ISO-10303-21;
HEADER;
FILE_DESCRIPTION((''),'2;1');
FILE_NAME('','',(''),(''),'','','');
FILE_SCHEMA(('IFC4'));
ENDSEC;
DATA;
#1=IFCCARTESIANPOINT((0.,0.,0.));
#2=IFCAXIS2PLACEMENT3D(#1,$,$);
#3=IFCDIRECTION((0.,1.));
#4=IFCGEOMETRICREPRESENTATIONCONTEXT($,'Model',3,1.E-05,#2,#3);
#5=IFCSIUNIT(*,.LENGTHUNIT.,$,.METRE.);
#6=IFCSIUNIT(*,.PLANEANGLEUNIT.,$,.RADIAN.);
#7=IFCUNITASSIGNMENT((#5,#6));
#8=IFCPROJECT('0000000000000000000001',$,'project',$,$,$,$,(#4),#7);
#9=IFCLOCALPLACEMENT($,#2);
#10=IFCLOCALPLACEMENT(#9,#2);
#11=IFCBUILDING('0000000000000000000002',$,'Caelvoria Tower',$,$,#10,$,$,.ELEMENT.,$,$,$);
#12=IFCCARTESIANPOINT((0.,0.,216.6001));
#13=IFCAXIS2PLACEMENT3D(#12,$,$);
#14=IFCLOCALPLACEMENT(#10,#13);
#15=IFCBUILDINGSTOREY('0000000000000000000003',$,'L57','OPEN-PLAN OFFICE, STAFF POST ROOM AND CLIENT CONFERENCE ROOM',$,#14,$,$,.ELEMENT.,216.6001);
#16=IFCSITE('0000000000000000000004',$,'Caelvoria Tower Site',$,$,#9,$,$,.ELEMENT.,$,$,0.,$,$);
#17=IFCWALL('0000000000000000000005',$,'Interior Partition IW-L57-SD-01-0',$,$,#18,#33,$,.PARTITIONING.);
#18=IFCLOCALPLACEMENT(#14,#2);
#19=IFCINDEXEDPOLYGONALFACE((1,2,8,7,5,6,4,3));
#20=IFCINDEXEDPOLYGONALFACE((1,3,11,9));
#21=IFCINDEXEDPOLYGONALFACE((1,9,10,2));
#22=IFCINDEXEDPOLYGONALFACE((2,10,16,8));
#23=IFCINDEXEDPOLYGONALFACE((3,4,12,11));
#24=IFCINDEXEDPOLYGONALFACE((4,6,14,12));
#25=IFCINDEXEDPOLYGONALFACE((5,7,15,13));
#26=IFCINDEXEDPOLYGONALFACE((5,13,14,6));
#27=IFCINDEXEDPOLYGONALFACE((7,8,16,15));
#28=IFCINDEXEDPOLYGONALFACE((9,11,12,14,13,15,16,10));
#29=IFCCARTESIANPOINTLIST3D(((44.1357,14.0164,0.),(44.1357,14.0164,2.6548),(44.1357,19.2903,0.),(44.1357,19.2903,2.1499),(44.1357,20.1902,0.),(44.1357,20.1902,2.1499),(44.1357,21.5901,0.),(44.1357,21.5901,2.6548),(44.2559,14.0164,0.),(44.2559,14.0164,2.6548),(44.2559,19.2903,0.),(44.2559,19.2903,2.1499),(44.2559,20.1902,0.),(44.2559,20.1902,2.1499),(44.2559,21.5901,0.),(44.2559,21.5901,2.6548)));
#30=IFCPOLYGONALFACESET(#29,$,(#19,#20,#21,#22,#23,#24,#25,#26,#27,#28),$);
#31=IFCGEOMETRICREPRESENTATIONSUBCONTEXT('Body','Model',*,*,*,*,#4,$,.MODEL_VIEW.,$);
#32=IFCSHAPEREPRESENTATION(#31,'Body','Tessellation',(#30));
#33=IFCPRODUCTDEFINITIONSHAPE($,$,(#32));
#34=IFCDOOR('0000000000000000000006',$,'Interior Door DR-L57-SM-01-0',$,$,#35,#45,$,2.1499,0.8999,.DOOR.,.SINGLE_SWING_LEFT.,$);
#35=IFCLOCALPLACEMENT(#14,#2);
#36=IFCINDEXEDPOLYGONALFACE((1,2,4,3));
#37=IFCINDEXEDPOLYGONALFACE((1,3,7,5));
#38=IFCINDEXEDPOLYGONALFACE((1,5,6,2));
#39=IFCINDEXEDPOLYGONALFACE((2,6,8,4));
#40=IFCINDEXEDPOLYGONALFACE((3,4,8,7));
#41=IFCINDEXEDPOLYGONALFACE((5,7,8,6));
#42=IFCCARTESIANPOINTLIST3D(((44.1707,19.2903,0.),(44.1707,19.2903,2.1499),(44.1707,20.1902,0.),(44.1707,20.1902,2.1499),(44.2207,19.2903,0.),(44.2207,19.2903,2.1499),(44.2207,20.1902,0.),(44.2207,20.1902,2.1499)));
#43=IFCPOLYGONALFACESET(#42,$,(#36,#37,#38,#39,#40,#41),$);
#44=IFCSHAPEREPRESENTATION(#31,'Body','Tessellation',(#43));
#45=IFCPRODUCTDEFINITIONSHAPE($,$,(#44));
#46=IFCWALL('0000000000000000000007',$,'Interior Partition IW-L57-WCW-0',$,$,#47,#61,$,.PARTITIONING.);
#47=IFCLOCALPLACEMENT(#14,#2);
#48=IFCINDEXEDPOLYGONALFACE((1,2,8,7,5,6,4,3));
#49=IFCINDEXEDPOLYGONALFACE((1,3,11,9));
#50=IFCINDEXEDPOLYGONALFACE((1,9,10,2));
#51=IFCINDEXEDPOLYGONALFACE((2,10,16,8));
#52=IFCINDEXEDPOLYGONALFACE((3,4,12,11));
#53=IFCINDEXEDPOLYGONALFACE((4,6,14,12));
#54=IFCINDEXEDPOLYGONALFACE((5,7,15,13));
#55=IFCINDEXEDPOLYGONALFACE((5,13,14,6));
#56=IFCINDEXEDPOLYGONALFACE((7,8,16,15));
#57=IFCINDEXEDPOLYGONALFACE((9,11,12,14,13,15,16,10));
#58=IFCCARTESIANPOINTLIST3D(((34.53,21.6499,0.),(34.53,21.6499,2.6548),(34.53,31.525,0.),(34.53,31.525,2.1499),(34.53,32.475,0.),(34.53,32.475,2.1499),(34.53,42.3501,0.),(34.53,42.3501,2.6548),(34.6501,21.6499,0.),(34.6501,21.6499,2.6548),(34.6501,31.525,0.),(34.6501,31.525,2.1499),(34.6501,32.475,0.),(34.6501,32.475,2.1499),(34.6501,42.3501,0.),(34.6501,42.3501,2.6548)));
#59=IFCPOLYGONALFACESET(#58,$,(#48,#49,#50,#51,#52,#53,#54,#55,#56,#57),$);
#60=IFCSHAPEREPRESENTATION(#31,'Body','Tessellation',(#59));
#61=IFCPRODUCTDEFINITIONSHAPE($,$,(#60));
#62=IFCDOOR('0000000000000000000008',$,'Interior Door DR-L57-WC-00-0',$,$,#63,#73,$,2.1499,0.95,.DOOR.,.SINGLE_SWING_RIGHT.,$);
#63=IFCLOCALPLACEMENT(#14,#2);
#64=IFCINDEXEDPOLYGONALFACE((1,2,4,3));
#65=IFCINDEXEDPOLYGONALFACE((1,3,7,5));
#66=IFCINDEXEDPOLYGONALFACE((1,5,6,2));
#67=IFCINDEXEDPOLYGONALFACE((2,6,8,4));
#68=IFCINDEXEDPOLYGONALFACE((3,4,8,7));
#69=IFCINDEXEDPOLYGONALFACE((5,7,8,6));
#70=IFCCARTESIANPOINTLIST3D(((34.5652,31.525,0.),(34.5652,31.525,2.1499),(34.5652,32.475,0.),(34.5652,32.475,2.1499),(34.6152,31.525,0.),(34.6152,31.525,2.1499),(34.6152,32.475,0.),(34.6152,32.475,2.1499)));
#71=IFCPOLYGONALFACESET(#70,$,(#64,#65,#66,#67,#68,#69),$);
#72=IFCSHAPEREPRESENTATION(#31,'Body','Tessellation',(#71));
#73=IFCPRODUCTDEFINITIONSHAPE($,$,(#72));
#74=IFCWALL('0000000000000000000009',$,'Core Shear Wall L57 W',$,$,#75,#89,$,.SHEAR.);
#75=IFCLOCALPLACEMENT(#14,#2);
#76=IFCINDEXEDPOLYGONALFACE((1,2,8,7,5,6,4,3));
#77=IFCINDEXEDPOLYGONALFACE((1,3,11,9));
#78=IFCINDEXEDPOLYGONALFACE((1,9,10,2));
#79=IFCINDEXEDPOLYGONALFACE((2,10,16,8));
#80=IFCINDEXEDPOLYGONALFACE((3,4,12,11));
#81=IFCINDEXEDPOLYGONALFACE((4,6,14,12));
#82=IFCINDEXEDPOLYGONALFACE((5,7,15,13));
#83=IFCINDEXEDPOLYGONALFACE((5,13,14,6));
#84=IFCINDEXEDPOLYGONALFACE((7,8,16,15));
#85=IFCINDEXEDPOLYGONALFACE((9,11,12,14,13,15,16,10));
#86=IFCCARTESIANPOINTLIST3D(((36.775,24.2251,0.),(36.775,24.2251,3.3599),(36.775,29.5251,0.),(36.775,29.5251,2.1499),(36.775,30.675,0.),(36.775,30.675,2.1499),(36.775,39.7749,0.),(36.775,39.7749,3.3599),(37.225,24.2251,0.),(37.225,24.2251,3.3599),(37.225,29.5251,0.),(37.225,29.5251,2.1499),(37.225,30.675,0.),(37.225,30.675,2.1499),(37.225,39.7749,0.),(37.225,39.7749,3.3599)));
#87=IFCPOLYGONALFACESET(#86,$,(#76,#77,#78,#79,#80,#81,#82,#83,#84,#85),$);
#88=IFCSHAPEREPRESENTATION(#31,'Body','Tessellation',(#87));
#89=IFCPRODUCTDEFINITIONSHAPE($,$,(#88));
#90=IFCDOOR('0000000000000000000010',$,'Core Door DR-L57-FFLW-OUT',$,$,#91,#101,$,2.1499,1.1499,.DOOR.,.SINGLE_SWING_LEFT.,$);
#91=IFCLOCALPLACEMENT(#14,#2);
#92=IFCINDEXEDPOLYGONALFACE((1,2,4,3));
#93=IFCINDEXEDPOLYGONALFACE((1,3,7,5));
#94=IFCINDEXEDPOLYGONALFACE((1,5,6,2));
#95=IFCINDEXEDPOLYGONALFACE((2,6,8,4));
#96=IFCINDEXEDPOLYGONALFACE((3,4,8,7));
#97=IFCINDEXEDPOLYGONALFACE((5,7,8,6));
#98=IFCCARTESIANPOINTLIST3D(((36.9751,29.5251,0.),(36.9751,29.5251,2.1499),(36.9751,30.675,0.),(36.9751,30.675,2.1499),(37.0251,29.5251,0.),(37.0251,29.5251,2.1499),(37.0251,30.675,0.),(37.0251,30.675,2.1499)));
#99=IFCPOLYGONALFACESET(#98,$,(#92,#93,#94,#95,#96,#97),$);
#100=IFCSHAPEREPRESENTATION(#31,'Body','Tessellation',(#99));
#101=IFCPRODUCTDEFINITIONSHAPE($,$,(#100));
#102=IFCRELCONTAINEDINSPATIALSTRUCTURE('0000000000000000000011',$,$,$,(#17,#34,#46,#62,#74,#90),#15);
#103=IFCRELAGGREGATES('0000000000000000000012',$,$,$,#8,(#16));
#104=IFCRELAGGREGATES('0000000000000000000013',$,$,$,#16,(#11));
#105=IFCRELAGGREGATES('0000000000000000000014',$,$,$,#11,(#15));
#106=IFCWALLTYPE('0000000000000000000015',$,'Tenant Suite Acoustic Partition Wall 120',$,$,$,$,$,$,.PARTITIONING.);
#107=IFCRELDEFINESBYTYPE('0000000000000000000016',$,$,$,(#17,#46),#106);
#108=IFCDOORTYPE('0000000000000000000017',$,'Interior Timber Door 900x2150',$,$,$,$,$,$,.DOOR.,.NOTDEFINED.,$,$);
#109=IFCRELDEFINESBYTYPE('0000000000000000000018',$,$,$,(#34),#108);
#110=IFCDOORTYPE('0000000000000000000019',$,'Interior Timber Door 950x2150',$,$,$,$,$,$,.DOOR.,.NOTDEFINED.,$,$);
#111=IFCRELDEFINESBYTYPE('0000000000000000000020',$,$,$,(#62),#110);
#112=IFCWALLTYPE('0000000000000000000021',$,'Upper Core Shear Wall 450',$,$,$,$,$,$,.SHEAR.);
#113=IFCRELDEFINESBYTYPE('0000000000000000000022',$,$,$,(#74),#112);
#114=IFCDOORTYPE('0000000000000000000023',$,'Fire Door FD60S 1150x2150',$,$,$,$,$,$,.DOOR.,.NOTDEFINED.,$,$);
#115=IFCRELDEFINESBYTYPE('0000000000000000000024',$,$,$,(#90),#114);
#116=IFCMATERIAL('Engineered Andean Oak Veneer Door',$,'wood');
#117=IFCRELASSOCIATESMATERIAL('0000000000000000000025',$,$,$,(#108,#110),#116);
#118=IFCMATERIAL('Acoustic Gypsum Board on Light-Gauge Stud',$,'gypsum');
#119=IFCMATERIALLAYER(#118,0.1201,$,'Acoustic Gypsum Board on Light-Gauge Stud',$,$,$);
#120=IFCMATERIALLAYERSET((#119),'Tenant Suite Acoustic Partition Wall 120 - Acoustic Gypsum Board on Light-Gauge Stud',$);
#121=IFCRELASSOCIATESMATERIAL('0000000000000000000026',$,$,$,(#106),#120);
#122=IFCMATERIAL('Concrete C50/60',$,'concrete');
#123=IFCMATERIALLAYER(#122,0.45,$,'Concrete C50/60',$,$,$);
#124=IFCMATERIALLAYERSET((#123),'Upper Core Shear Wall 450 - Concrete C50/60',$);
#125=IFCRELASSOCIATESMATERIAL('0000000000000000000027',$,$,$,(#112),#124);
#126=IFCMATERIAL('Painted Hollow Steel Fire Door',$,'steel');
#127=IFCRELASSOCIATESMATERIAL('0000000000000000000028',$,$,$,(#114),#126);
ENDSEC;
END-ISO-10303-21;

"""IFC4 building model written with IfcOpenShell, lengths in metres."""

from ifc_helpers import new_model, si_unit, direction, frame, frame_2d, origin, place, context, subcontext, project, spatial, rectangle, extrude, material, layer, layer_set, type_object, element, fill, save


model = new_model("IFC4")

# Units and contexts
model_context = context("Model", 3, precision=1e-05, world=origin(), true_north=direction((0.0, 1.0)))
body_context = subcontext(model_context, "Body", "Model", "MODEL_VIEW")
ifc_project = project(units=[si_unit("LENGTHUNIT", "METRE"), si_unit("PLANEANGLEUNIT", "RADIAN")], contexts=[model_context])

# Site, building, storey
site_placement = place(None, origin())
site = spatial("IfcSite", under=ifc_project, at=site_placement, Name="Caelvoria Tower Site", CompositionType="ELEMENT", RefElevation=0.0)
building_placement = place(site_placement, origin())
building = spatial("IfcBuilding", under=site, at=building_placement, Name="Caelvoria Tower", CompositionType="ELEMENT")
storey_placement = place(building_placement, frame((0.0, 0.0, 216.6001)))
storey = spatial("IfcBuildingStorey", under=building, at=storey_placement, Name="L57", Description="OPEN-PLAN OFFICE, STAFF POST ROOM AND CLIENT CONFERENCE ROOM", CompositionType="ELEMENT", Elevation=216.6001)

# Shared definitions
ifc_material_1 = material(Name="Concrete C50/60", Category="concrete")
ifc_material_2 = material(Name="Painted Hollow Steel Fire Door", Category="steel")

# Shared definitions
ifc_material_3 = material(Name="Engineered Andean Oak Veneer Door", Category="wood")
door_type_1 = type_object("IfcDoorType", Name="Interior Timber Door 900x2150", OperationType="NOTDEFINED", PredefinedType="DOOR", material=ifc_material_3)

# Walls, openings, doors
ifc_material_4 = material(Name="Acoustic Gypsum Board on Light-Gauge Stud", Category="gypsum")
ifc_layer_1 = layer(ifc_material_4, 0.1201, Name="Acoustic Gypsum Board on Light-Gauge Stud")
ifc_layer_set_1 = layer_set([ifc_layer_1], Name="Tenant Suite Acoustic Partition Wall 120 - Acoustic Gypsum Board on Light-Gauge Stud")
wall_type_1 = type_object("IfcWallType", Name="Tenant Suite Acoustic Partition Wall 120", PredefinedType="PARTITIONING", material=ifc_layer_set_1)
wall_1_placement = place(storey_placement, frame((44.1958, 21.5901, 0.0), z_axis=(0.0, 0.0, 1.0), x_axis=(0.0, -1.0, 0.0)))
wall_1 = element("IfcWall", 1, at=wall_1_placement, inside=storey, type_object=wall_type_1, Name="Interior Partition IW-L57-SD-01-0", PredefinedType="PARTITIONING", context=body_context, shape_type="SweptSolid", body=[
    extrude(rectangle(XDim=7.5737, YDim=0.1201, at=frame_2d((3.7869, 0.0))), origin(), (0.0, 0.0, 1.0), 2.6548),
])
opening_1_placement = place(wall_1_placement, frame((1.3999, 0.0, 0.0)))
opening_1 = element("IfcOpeningElement", 2, at=opening_1_placement, cuts=wall_1, PredefinedType="OPENING", context=body_context, shape_type="SweptSolid", body=[
    extrude(rectangle(XDim=0.8999, YDim=2.1499, at=frame_2d((0.45, 1.075))), frame((0.0, 0.0701, 0.0), z_axis=(0.0, -1.0, 0.0), x_axis=(1.0, 0.0, 0.0)), (0.0, 0.0, 1.0), 0.1401),
])
door_1_placement = place(opening_1_placement, origin())
door_1 = element("IfcDoor", 3, at=door_1_placement, inside=storey, type_object=door_type_1, Name="Interior Door DR-L57-SM-01-0", OperationType="SINGLE_SWING_LEFT", OverallHeight=2.1499, OverallWidth=0.8999, PredefinedType="DOOR", context=body_context, shape_type="SweptSolid", body=[
    extrude(rectangle(XDim=0.8999, YDim=2.1499, at=frame_2d((0.45, 1.075))), frame((0.0, 0.0249, 0.0), z_axis=(0.0, -1.0, 0.0), x_axis=(1.0, 0.0, 0.0)), (0.0, 0.0, 1.0), 0.05),
])
fill(opening_1, door_1)
wall_2_placement = place(storey_placement, frame((34.5901, 21.6499, 0.0), z_axis=(0.0, 0.0, 1.0), x_axis=(0.0, 1.0, 0.0)))
wall_2 = element("IfcWall", 4, at=wall_2_placement, inside=storey, type_object=wall_type_1, Name="Interior Partition IW-L57-WCW-0", PredefinedType="PARTITIONING", context=body_context, shape_type="SweptSolid", body=[
    extrude(rectangle(XDim=20.7002, YDim=0.1201, at=frame_2d((10.3501, 0.0))), origin(), (0.0, 0.0, 1.0), 2.6548),
])
opening_2_placement = place(wall_2_placement, frame((9.875, 0.0, 0.0)))
opening_2 = element("IfcOpeningElement", 5, at=opening_2_placement, cuts=wall_2, PredefinedType="OPENING", context=body_context, shape_type="SweptSolid", body=[
    extrude(rectangle(XDim=0.95, YDim=2.1499, at=frame_2d((0.4751, 1.075))), frame((0.0, 0.0701, 0.0), z_axis=(0.0, -1.0, 0.0), x_axis=(1.0, 0.0, 0.0)), (0.0, 0.0, 1.0), 0.1401),
])
door_type_2 = type_object("IfcDoorType", Name="Interior Timber Door 950x2150", OperationType="NOTDEFINED", PredefinedType="DOOR", material=ifc_material_3)
door_2_placement = place(opening_2_placement, origin())
door_2 = element("IfcDoor", 6, at=door_2_placement, inside=storey, type_object=door_type_2, Name="Interior Door DR-L57-WC-00-0", OperationType="SINGLE_SWING_RIGHT", OverallHeight=2.1499, OverallWidth=0.95, PredefinedType="DOOR", context=body_context, shape_type="SweptSolid", body=[
    extrude(rectangle(XDim=0.95, YDim=2.1499, at=frame_2d((0.4751, 1.075))), frame((0.0, 0.0249, 0.0), z_axis=(0.0, -1.0, 0.0), x_axis=(1.0, 0.0, 0.0)), (0.0, 0.0, 1.0), 0.05),
])
fill(opening_2, door_2)
ifc_layer_2 = layer(ifc_material_1, 0.45, Name="Concrete C50/60")
ifc_layer_set_2 = layer_set([ifc_layer_2], Name="Upper Core Shear Wall 450 - Concrete C50/60")
wall_type_2 = type_object("IfcWallType", Name="Upper Core Shear Wall 450", PredefinedType="SHEAR", material=ifc_layer_set_2)
wall_3_placement = place(storey_placement, frame((37.0, 24.2251, 0.0), z_axis=(0.0, 0.0, 1.0), x_axis=(0.0, 1.0, 0.0)))
wall_3 = element("IfcWall", 7, at=wall_3_placement, inside=storey, type_object=wall_type_2, Name="Core Shear Wall L57 W", PredefinedType="SHEAR", context=body_context, shape_type="SweptSolid", body=[
    extrude(rectangle(XDim=15.5498, YDim=0.45, at=frame_2d((7.7749, 0.0))), origin(), (0.0, 0.0, 1.0), 3.3599),
])
opening_3_placement = place(wall_3_placement, frame((5.3, 0.0, 0.0)))
opening_3 = element("IfcOpeningElement", 8, at=opening_3_placement, cuts=wall_3, PredefinedType="OPENING", context=body_context, shape_type="SweptSolid", body=[
    extrude(rectangle(XDim=1.1499, YDim=2.1499, at=frame_2d((0.575, 1.075))), frame((0.0, 0.2349, 0.0), z_axis=(0.0, -1.0, 0.0), x_axis=(1.0, 0.0, 0.0)), (0.0, 0.0, 1.0), 0.47),
])
door_type_3 = type_object("IfcDoorType", Name="Fire Door FD60S 1150x2150", OperationType="NOTDEFINED", PredefinedType="DOOR", material=ifc_material_2)
door_3_placement = place(opening_3_placement, origin())
door_3 = element("IfcDoor", 9, at=door_3_placement, inside=storey, type_object=door_type_3, Name="Core Door DR-L57-FFLW-OUT", OperationType="SINGLE_SWING_LEFT", OverallHeight=2.1499, OverallWidth=1.1499, PredefinedType="DOOR", context=body_context, shape_type="SweptSolid", body=[
    extrude(rectangle(XDim=1.1499, YDim=2.1499, at=frame_2d((0.575, 1.075))), frame((0.0, 0.0249, 0.0), z_axis=(0.0, -1.0, 0.0), x_axis=(1.0, 0.0, 0.0)), (0.0, 0.0, 1.0), 0.05),
])
fill(opening_3, door_3)

save(model, "model.ifc")
